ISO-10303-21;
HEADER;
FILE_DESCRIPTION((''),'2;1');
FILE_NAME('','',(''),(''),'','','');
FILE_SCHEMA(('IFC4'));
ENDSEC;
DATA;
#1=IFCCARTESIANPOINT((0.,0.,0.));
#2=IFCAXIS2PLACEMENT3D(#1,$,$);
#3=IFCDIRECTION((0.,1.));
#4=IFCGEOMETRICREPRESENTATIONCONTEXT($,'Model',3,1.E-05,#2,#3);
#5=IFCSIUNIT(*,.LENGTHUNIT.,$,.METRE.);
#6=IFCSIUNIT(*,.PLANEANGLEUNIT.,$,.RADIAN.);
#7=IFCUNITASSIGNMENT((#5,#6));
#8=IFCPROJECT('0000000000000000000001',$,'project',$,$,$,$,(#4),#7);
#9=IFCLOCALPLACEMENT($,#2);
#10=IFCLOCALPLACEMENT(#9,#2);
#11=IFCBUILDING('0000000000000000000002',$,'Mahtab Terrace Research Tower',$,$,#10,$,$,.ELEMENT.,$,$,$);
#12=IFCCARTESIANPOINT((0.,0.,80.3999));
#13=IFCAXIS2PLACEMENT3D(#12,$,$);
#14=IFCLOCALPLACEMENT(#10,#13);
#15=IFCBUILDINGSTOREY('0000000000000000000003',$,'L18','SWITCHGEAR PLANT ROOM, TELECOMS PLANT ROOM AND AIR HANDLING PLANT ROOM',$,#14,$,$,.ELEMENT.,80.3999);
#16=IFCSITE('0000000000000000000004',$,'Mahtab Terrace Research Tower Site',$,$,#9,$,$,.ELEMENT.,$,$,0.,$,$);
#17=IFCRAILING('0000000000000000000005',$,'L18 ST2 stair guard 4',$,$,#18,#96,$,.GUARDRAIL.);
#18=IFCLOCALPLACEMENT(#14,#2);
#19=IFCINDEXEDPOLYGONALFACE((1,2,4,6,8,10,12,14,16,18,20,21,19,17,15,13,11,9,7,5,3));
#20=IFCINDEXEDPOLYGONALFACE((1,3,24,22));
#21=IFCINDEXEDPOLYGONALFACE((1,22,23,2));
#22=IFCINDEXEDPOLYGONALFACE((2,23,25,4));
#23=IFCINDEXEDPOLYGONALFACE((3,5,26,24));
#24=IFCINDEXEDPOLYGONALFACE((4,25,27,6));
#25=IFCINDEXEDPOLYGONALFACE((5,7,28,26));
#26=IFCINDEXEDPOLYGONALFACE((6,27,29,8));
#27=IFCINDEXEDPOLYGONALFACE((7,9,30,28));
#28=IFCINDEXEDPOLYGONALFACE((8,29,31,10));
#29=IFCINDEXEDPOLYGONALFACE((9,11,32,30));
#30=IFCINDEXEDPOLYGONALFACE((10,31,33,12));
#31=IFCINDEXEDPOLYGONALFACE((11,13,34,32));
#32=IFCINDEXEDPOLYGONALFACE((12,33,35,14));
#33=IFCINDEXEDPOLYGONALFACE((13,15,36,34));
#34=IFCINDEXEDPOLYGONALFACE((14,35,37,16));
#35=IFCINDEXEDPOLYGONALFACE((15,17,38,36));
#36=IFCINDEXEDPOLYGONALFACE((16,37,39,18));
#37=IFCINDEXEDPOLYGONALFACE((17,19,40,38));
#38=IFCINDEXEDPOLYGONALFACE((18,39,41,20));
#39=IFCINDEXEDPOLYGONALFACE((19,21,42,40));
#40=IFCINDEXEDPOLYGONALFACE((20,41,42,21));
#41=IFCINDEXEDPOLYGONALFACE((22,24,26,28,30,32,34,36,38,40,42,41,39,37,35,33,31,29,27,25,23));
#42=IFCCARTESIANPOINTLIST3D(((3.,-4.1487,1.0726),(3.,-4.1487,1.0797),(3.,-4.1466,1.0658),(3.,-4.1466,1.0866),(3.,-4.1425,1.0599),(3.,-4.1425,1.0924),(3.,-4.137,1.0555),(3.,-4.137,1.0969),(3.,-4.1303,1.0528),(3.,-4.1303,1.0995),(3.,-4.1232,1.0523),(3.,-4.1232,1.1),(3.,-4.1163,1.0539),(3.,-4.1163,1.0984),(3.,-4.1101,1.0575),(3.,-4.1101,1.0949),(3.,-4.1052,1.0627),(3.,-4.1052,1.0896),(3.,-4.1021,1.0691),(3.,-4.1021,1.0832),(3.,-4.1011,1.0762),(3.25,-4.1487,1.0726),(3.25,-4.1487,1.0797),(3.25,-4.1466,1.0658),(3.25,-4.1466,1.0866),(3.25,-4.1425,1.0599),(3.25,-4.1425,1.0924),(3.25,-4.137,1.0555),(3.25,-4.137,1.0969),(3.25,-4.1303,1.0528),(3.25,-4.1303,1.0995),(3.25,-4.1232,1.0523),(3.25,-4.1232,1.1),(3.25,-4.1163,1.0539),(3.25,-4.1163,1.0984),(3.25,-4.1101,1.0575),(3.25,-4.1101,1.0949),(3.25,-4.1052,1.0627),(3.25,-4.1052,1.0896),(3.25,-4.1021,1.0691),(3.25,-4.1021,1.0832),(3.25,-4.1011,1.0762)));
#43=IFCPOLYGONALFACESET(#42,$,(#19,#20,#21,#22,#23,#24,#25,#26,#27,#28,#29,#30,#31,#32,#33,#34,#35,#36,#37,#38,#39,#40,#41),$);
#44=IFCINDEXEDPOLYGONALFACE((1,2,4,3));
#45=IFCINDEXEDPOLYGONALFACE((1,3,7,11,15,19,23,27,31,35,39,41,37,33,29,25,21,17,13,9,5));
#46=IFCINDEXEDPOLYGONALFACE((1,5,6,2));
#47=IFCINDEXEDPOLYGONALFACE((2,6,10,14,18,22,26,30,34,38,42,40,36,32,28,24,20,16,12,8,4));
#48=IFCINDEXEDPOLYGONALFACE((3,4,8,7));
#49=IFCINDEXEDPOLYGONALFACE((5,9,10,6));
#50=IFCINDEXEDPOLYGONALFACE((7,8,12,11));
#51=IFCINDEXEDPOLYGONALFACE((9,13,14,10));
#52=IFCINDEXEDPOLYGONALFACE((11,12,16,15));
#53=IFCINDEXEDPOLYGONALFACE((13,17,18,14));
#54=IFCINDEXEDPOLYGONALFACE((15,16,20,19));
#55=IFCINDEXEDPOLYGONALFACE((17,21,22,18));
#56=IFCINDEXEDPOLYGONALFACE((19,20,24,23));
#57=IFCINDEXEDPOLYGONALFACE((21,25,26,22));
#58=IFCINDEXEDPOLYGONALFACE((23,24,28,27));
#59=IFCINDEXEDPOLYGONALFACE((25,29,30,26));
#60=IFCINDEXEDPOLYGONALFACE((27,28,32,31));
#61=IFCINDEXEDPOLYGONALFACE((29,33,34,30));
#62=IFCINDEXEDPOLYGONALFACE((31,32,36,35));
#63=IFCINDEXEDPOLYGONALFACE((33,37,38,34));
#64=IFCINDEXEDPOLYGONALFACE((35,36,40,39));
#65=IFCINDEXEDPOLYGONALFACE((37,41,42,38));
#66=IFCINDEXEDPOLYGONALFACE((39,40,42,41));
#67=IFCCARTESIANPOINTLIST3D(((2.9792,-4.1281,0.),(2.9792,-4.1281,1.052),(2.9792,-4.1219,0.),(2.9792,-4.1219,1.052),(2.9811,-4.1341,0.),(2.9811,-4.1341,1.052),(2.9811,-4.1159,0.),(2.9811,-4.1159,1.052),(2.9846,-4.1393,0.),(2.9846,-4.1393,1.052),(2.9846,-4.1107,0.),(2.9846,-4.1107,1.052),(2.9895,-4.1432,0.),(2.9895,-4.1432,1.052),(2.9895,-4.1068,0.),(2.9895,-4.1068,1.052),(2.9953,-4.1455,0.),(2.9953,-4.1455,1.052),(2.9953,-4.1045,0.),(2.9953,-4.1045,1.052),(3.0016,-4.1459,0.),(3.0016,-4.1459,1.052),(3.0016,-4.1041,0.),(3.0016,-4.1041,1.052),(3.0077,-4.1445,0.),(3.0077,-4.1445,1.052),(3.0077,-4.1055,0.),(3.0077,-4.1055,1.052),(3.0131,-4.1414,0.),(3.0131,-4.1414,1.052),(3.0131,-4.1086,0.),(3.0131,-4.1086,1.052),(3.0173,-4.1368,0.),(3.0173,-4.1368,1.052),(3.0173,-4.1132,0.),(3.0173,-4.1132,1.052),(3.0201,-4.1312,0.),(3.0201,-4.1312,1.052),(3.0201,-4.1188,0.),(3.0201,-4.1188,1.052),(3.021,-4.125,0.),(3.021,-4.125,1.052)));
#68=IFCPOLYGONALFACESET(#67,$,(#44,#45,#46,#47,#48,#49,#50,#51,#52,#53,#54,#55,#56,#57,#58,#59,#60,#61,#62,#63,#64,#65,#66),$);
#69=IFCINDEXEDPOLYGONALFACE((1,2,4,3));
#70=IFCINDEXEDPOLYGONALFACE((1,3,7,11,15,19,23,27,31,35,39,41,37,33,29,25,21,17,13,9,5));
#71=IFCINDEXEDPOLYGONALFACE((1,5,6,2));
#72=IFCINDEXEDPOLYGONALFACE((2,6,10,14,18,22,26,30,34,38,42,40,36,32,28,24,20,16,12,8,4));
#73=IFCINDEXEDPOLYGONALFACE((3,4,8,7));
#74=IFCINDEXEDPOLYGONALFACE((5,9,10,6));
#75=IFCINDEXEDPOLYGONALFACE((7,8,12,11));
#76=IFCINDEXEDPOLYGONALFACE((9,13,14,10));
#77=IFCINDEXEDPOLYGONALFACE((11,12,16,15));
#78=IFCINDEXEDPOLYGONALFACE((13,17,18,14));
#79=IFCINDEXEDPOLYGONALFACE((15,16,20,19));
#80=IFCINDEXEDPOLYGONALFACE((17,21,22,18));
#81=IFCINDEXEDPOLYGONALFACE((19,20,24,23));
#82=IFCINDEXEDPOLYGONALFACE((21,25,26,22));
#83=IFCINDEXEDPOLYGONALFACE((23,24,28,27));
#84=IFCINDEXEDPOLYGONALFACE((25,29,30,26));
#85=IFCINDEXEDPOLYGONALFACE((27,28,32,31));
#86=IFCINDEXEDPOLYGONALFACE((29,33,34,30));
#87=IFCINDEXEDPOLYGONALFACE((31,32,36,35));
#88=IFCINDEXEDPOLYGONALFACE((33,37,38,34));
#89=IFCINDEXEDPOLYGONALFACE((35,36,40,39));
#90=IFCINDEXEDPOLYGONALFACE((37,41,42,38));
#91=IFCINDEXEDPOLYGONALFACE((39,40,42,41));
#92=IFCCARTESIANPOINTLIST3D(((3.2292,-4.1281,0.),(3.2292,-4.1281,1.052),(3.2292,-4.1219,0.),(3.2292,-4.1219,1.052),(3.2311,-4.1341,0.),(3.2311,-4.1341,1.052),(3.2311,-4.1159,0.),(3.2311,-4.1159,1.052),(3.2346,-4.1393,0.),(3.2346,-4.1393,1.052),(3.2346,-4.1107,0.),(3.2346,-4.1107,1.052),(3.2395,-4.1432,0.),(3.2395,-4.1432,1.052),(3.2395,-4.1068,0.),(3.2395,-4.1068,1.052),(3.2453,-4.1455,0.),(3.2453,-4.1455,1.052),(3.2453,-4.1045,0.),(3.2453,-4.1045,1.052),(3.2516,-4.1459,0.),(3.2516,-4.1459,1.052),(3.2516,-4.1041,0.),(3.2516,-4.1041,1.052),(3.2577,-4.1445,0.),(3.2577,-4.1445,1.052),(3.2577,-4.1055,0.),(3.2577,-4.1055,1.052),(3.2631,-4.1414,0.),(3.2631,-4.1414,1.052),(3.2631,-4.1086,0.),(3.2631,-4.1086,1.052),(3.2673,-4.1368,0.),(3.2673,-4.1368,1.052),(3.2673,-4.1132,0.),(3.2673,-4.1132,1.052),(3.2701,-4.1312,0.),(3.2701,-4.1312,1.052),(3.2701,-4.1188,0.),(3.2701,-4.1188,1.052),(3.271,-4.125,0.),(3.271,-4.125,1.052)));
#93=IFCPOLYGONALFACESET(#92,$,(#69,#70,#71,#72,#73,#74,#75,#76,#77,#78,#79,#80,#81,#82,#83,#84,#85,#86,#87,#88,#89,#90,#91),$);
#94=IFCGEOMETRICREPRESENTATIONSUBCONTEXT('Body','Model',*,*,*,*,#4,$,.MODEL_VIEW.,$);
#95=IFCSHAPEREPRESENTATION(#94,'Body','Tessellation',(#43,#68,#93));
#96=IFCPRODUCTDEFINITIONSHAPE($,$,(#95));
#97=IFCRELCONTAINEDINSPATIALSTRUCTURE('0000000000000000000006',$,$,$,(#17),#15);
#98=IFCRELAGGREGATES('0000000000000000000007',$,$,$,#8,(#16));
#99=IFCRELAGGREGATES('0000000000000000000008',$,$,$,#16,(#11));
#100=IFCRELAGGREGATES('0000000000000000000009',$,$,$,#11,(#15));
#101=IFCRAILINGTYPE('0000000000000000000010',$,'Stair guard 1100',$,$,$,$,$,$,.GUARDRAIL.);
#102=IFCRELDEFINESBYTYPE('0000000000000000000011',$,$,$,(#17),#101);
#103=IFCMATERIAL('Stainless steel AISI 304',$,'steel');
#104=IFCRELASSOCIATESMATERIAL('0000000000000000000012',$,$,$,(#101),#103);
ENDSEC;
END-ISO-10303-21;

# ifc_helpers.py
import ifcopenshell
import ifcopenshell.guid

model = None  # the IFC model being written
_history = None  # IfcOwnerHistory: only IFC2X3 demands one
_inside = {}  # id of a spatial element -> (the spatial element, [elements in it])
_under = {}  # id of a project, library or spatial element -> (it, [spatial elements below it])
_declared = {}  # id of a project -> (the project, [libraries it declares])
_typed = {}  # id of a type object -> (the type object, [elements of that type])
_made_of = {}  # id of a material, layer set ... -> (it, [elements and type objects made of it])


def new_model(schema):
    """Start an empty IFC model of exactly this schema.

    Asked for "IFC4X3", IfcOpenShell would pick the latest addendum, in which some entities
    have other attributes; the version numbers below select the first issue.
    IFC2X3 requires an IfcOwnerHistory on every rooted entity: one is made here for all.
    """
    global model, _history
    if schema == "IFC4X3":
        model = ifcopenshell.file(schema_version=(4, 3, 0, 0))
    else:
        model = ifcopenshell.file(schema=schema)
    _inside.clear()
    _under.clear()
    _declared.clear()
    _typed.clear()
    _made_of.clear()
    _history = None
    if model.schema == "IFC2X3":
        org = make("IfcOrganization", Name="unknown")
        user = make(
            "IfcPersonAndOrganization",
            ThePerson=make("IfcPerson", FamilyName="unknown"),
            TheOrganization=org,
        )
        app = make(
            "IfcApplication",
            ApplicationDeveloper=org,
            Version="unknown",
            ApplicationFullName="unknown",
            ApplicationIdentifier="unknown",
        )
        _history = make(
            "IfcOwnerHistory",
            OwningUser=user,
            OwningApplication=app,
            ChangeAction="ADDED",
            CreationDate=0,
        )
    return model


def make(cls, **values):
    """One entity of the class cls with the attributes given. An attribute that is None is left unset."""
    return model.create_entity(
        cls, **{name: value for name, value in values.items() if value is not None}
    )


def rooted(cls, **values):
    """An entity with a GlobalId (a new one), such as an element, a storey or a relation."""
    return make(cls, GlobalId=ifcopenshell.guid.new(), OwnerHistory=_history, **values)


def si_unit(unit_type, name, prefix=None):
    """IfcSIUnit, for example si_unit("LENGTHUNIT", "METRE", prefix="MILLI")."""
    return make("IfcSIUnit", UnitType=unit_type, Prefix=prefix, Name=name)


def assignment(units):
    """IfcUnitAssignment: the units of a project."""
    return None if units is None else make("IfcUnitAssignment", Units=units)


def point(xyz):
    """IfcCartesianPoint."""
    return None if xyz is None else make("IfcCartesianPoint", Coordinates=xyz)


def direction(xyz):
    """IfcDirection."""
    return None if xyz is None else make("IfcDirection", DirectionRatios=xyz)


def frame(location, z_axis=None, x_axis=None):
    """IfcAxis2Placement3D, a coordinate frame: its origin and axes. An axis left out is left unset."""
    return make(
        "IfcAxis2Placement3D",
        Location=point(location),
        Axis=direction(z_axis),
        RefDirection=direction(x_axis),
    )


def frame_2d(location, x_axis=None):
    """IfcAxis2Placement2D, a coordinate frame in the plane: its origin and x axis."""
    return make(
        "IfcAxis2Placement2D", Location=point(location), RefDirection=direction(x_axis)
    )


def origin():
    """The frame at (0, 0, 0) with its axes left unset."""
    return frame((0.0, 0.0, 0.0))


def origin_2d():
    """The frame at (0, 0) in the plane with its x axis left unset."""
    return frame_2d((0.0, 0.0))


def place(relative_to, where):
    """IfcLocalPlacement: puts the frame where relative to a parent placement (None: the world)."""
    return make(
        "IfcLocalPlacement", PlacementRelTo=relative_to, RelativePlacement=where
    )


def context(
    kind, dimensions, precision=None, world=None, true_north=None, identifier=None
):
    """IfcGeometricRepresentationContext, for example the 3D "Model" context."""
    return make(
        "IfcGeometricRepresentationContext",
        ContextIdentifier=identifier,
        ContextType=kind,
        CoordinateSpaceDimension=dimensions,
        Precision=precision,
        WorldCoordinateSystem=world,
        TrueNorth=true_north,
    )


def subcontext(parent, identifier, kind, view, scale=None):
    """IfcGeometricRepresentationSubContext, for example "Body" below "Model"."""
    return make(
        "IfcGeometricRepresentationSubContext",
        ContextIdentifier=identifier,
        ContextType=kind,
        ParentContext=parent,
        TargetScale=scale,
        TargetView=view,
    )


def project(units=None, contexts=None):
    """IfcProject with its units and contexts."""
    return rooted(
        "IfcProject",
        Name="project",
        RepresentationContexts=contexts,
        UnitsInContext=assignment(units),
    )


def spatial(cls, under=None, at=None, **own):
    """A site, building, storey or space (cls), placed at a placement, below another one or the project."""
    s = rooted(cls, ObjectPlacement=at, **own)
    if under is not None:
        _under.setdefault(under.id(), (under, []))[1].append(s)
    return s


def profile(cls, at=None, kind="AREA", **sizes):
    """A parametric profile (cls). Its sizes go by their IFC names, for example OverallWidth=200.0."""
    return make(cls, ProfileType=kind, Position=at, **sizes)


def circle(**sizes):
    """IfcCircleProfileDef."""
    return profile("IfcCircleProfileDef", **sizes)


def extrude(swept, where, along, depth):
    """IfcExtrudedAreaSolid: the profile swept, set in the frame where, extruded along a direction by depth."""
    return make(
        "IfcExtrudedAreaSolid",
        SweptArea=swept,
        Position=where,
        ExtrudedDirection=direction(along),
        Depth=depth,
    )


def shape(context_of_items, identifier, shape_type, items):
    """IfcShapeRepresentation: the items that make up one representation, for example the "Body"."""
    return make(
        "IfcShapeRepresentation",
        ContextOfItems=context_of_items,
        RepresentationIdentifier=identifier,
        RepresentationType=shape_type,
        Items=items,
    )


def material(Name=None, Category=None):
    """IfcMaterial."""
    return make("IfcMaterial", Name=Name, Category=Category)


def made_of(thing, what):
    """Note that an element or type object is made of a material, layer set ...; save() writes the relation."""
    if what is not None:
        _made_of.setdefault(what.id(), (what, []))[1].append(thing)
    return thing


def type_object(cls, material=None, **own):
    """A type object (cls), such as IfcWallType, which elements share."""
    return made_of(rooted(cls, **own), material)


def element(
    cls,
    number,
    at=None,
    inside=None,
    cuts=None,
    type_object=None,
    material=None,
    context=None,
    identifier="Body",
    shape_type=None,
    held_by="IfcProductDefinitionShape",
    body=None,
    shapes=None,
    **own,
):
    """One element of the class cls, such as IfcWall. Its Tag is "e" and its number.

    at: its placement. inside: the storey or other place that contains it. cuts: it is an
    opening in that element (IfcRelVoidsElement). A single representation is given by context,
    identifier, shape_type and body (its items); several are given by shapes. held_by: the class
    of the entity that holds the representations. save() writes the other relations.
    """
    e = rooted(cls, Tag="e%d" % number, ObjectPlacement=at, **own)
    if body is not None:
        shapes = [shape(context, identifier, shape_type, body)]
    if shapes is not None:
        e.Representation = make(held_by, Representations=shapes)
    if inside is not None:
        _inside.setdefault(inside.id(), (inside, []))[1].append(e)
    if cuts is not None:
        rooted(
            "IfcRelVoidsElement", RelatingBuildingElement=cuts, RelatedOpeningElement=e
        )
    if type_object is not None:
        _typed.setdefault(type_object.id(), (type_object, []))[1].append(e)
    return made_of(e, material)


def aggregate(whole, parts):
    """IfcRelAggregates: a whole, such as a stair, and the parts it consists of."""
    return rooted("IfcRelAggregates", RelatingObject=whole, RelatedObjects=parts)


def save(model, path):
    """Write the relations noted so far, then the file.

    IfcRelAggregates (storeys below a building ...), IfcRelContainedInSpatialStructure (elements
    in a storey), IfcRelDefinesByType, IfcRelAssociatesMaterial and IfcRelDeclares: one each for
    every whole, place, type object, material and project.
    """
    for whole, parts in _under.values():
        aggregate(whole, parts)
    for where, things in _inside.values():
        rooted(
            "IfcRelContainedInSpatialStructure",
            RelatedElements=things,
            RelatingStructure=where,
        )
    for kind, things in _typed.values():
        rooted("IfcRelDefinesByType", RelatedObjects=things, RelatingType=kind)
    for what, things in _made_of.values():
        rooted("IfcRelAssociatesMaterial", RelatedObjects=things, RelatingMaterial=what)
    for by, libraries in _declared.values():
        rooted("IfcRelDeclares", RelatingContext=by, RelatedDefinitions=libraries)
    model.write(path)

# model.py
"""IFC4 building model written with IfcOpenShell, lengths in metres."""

from ifc_helpers import new_model, si_unit, direction, frame, origin, origin_2d, place, context, subcontext, project, spatial, circle, extrude, material, type_object, element, save


model = new_model("IFC4")

# Units and contexts
model_context = context("Model", 3, precision=1e-05, world=origin(), true_north=direction((0.0, 1.0)))
body_context = subcontext(model_context, "Body", "Model", "MODEL_VIEW")
ifc_project = project(units=[si_unit("LENGTHUNIT", "METRE"), si_unit("PLANEANGLEUNIT", "RADIAN")], contexts=[model_context])

# Site, building, storey
site_placement = place(None, origin())
site = spatial("IfcSite", under=ifc_project, at=site_placement, Name="Mahtab Terrace Research Tower Site", CompositionType="ELEMENT", RefElevation=0.0)
building_placement = place(site_placement, origin())
building = spatial("IfcBuilding", under=site, at=building_placement, Name="Mahtab Terrace Research Tower", CompositionType="ELEMENT")
storey_placement = place(building_placement, frame((0.0, 0.0, 80.3999)))
storey = spatial("IfcBuildingStorey", under=building, at=storey_placement, Name="L18", Description="SWITCHGEAR PLANT ROOM, TELECOMS PLANT ROOM AND AIR HANDLING PLANT ROOM", CompositionType="ELEMENT", Elevation=80.3999)

# Railing
ifc_material_1 = material(Name="Stainless steel AISI 304", Category="steel")
railing_type_1 = type_object("IfcRailingType", Name="Stair guard 1100", PredefinedType="GUARDRAIL", material=ifc_material_1)
railing_1_placement = place(storey_placement, frame((3.0, -4.125, 0.0)))
element("IfcRailing", 1, at=railing_1_placement, inside=storey, type_object=railing_type_1, Name="L18 ST2 stair guard 4", PredefinedType="GUARDRAIL", context=body_context, shape_type="SweptSolid", body=[
    extrude(circle(Radius=0.0239, at=origin_2d()), frame((0.0, 0.0, 1.0762), z_axis=(1.0, 0.0, 0.0), x_axis=(0.0, 1.0, 0.0)), (0.0, 0.0, 1.0), 0.25),
    extrude(circle(Radius=0.021, at=origin_2d()), origin(), (0.0, 0.0, 1.0), 1.052),
    extrude(circle(Radius=0.021, at=origin_2d()), frame((0.25, 0.0, 0.0)), (0.0, 0.0, 1.0), 1.052),
])

save(model, "model.ifc")
